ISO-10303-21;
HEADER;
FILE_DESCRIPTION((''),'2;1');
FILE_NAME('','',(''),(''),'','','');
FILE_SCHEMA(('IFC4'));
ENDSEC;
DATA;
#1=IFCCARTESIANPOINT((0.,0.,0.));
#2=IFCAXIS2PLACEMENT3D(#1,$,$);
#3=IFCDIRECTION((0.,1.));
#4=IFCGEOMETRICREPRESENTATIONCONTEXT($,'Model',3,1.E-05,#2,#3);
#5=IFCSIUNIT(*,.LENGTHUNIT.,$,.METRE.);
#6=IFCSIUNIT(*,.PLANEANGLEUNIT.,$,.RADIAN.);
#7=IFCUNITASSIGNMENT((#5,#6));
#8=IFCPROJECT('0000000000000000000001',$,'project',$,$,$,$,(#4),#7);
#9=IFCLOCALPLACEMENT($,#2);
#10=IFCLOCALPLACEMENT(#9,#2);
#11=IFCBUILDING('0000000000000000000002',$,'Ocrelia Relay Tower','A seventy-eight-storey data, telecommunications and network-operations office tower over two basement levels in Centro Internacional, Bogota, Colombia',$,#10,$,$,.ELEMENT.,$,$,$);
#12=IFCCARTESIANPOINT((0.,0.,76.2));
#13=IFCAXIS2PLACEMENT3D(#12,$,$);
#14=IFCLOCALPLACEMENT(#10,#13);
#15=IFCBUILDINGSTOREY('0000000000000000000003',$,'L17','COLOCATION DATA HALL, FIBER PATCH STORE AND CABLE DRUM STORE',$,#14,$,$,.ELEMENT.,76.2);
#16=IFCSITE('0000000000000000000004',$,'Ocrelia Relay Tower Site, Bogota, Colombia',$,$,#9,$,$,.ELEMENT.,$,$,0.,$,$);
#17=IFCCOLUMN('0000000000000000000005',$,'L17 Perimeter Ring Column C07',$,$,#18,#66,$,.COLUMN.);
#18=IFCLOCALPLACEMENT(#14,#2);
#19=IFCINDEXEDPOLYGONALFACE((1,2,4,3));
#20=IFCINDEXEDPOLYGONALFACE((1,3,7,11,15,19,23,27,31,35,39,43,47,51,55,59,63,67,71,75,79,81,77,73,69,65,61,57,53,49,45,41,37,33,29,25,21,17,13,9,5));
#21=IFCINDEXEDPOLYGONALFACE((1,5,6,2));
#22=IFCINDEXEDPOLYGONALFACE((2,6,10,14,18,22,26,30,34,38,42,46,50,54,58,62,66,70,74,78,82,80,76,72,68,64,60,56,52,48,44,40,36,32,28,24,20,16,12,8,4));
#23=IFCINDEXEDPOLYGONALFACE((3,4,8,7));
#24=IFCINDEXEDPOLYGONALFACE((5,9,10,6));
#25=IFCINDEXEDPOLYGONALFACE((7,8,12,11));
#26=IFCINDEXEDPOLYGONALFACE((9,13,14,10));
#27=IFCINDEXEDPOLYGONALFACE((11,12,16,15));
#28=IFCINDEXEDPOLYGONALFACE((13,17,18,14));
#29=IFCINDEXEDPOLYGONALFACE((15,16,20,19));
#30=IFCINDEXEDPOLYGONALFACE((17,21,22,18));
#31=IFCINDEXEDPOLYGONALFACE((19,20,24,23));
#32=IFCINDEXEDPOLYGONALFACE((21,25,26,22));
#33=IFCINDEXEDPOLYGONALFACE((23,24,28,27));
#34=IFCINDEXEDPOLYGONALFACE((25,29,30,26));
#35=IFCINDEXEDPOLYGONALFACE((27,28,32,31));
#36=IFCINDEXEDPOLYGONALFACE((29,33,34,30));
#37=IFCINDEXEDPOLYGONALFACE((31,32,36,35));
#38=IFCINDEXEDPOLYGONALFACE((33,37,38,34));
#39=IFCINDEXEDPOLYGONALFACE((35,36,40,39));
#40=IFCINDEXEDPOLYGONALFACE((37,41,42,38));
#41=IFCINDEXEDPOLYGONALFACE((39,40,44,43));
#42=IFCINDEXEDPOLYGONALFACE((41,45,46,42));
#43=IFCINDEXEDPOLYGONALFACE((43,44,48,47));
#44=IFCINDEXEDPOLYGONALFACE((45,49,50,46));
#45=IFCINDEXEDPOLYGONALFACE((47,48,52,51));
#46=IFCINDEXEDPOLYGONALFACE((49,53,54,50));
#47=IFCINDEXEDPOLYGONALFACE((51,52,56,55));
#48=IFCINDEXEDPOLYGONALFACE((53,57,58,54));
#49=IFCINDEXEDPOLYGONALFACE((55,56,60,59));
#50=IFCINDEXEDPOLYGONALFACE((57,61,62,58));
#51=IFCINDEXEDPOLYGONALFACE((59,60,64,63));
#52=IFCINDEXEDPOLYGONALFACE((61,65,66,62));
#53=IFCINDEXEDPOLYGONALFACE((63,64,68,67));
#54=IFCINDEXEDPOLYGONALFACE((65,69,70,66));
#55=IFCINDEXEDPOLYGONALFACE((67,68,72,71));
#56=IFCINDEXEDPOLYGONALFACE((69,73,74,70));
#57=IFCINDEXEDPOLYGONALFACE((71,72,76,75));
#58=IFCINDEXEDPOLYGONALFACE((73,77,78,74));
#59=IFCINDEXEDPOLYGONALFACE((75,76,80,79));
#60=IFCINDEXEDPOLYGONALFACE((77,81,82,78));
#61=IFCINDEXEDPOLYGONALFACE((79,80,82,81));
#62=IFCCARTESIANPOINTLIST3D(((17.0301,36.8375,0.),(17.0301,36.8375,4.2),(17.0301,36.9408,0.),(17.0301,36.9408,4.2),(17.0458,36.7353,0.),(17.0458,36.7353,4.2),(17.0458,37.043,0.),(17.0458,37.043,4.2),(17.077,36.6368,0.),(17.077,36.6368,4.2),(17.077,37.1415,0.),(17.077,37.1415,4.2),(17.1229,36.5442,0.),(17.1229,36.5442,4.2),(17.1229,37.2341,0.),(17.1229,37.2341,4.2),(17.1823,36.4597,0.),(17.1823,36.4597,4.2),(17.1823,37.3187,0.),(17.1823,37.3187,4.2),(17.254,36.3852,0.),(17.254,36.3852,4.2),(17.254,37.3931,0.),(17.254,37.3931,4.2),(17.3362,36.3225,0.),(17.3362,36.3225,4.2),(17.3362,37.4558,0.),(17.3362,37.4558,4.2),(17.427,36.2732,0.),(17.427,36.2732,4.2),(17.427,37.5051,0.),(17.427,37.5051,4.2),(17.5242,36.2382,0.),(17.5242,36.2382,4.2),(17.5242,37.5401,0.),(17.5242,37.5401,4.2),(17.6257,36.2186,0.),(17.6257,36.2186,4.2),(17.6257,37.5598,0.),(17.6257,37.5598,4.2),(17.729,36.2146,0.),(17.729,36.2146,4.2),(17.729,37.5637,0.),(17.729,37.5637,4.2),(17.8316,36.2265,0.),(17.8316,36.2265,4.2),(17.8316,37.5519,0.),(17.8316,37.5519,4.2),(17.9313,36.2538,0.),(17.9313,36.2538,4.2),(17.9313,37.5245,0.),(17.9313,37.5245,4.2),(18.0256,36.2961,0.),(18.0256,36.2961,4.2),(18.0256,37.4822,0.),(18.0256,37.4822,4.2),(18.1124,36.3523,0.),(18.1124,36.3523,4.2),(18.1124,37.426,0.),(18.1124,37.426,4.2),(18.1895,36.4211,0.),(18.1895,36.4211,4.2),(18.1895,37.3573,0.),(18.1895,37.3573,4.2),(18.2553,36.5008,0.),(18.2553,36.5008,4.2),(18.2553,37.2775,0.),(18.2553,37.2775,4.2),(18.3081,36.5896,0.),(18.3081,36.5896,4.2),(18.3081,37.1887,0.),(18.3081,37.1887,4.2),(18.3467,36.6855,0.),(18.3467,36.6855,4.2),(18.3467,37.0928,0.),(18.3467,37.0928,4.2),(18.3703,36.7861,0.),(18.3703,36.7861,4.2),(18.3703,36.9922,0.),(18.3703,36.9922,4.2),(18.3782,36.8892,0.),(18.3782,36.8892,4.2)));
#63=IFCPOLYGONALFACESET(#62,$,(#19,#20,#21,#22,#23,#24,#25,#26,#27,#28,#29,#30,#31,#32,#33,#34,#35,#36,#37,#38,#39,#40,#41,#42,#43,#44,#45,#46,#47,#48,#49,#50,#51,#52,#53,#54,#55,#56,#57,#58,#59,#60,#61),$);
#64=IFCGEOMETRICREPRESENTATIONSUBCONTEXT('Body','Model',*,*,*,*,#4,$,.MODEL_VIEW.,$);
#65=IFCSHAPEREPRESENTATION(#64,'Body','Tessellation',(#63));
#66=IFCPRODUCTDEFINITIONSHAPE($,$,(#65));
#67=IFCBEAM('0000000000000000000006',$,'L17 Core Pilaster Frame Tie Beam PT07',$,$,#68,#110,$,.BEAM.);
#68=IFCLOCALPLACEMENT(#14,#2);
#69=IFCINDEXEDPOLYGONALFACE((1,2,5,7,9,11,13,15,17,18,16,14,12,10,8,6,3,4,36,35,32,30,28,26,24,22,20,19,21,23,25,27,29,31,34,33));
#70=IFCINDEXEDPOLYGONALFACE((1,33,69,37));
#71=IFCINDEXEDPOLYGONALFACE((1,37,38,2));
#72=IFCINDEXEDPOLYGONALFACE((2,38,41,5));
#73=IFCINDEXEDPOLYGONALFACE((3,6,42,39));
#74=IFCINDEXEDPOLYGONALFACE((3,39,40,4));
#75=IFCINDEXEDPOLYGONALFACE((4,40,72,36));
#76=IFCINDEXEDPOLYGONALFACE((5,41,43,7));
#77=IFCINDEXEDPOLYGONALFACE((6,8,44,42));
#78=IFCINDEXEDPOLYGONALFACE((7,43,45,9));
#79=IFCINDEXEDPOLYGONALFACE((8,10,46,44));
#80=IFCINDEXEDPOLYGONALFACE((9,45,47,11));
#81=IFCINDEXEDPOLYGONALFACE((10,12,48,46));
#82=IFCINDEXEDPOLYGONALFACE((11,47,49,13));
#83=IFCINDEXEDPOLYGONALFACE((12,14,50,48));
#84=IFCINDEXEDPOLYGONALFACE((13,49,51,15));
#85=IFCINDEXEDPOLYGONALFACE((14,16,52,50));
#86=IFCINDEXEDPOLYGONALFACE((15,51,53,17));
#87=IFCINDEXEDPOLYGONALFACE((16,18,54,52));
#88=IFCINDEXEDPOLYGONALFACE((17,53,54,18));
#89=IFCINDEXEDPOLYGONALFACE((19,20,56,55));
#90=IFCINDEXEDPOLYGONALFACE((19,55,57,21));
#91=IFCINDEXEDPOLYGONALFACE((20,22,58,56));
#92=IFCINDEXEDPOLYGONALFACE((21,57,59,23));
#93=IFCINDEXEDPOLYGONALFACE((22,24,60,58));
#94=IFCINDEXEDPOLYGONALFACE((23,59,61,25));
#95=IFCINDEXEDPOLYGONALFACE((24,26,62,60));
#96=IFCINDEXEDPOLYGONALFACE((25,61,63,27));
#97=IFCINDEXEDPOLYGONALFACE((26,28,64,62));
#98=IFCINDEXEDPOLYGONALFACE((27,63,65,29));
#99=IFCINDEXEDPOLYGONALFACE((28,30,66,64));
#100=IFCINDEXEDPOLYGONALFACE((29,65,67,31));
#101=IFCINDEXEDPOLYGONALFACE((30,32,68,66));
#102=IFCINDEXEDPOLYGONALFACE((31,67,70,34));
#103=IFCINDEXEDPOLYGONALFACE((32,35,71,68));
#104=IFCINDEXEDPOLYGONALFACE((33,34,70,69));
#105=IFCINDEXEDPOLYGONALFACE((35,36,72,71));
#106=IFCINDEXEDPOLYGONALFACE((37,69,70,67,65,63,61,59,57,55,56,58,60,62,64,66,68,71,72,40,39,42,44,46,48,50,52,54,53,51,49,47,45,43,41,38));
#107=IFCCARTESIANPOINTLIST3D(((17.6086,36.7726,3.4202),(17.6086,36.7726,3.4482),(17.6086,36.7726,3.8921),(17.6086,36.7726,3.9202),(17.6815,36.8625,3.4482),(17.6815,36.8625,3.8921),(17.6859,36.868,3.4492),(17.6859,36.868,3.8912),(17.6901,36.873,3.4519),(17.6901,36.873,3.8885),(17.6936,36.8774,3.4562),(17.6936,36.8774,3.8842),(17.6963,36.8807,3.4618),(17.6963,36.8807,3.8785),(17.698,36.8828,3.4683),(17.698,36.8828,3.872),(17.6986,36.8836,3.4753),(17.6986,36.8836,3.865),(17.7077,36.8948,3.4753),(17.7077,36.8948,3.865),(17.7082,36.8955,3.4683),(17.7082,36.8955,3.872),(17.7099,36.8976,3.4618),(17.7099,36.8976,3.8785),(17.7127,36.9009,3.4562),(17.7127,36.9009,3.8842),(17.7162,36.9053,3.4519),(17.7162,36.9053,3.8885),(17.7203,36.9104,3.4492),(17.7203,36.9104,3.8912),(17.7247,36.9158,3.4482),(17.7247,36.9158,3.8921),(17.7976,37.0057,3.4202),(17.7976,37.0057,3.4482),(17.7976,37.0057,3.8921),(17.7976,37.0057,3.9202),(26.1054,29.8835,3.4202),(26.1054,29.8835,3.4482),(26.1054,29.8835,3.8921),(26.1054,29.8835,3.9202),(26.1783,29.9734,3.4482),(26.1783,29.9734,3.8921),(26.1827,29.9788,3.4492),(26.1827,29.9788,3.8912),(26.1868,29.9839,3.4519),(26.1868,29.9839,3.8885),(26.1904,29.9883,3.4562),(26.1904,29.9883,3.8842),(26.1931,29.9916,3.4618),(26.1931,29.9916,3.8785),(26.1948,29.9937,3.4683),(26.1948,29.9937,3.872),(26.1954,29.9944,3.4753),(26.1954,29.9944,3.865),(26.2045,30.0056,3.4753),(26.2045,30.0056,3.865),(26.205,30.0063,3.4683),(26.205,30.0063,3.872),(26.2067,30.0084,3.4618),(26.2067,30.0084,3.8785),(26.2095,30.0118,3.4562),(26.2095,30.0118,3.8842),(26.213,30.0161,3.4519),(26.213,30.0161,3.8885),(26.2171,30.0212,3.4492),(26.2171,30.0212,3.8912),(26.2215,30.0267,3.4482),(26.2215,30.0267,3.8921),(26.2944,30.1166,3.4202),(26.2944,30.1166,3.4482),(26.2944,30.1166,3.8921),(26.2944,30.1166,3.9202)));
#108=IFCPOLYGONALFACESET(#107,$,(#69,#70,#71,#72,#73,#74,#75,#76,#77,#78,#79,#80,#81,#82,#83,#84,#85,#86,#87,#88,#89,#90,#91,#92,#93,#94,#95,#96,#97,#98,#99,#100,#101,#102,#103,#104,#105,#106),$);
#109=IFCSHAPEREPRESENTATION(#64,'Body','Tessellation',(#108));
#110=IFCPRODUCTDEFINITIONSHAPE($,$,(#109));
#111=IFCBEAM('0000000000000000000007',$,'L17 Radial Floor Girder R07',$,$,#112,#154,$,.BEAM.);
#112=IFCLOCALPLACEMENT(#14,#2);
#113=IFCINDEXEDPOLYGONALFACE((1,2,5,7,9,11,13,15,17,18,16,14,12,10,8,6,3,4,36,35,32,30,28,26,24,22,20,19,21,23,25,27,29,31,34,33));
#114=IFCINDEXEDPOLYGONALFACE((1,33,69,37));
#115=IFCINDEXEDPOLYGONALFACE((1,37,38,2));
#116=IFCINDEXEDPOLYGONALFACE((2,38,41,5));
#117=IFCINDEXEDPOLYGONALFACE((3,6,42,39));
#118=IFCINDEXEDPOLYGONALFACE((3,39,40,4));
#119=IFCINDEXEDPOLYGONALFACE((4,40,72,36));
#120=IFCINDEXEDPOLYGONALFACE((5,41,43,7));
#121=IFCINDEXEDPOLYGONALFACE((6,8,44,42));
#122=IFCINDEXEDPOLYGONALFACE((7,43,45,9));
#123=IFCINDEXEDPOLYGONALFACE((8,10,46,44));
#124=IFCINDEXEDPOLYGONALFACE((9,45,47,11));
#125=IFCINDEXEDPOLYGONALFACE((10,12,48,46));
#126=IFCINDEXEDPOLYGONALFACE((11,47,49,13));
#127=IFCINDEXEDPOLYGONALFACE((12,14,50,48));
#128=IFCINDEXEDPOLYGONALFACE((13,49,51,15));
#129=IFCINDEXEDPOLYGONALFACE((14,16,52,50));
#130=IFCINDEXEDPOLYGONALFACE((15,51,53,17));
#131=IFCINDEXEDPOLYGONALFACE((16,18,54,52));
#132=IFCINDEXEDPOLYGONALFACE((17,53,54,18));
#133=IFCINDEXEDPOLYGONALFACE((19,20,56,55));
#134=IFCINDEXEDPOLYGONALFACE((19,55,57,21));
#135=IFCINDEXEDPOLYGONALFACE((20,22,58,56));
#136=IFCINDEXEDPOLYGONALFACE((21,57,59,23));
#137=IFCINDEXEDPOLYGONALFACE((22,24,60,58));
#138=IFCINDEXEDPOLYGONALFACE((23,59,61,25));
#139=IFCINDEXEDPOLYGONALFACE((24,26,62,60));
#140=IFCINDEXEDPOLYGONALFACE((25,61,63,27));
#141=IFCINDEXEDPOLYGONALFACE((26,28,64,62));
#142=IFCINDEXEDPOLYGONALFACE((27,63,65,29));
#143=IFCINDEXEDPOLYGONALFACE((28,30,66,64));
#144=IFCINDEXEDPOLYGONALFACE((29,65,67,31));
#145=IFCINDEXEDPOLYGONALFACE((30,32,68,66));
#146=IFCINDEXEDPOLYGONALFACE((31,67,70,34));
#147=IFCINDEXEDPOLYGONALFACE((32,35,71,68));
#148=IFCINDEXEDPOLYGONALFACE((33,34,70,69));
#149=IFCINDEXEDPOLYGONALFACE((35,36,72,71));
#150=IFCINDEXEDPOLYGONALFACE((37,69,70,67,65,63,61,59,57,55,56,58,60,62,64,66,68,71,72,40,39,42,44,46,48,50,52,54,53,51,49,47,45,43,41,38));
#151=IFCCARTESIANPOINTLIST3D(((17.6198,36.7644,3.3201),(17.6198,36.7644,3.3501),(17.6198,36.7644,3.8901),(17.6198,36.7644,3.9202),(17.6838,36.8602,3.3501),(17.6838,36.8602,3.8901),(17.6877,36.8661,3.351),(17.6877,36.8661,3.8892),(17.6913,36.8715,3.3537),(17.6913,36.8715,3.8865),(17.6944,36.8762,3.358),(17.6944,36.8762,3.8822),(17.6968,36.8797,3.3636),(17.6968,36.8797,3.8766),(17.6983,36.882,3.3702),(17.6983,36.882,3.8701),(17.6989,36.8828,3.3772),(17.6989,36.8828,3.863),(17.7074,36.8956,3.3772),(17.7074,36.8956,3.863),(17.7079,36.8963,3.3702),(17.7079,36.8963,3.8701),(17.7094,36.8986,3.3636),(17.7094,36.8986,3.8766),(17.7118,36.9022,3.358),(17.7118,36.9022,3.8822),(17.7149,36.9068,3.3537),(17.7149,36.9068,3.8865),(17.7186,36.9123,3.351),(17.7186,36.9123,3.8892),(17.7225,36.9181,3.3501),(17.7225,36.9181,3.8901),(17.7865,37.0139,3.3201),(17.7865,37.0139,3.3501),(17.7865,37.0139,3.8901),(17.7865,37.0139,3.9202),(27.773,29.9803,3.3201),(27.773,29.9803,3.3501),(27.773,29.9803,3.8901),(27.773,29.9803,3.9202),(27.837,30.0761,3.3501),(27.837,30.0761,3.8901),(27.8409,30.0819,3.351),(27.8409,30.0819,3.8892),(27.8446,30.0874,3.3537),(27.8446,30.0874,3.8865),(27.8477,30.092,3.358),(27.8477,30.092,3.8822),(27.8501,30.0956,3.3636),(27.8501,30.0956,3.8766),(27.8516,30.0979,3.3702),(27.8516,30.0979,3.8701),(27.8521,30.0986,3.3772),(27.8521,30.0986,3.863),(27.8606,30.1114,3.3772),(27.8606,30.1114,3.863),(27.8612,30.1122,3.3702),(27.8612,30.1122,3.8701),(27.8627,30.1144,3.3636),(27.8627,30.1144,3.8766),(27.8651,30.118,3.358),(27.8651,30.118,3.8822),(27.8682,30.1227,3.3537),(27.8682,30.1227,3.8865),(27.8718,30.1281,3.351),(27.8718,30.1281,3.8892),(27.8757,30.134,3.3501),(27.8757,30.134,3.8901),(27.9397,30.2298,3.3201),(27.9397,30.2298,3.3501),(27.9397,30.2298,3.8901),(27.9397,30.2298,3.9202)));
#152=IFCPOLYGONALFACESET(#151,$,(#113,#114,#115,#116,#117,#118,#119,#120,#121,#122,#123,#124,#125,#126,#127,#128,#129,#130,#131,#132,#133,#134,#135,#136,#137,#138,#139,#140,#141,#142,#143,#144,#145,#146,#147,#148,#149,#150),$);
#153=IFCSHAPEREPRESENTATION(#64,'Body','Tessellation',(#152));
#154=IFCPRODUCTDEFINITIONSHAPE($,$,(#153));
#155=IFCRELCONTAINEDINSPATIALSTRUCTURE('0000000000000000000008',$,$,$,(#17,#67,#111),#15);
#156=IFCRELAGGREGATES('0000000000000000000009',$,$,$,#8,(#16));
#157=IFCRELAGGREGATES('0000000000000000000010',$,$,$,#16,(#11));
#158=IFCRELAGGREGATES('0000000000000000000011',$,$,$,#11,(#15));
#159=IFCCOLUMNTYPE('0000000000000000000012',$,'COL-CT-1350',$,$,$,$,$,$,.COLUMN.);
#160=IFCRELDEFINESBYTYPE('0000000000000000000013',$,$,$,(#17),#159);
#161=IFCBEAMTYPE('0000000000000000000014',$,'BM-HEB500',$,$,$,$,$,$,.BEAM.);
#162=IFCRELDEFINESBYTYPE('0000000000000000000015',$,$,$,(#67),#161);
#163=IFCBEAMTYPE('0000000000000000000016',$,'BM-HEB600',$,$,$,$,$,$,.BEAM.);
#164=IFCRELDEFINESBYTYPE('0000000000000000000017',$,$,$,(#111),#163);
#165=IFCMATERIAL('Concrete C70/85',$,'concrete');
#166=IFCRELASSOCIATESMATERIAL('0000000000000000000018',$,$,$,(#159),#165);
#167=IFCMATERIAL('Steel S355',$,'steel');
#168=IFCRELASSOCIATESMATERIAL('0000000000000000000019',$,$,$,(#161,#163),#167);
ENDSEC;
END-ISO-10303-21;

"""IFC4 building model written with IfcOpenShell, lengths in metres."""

from ifc_helpers import new_model, si_unit, direction, frame, origin, origin_2d, place, context, subcontext, project, spatial, circle, i_section, extrude, material, material_profile, profile_set, type_object, element, save


model = new_model("IFC4")

# Units and contexts
model_context = context("Model", 3, precision=1e-05, world=origin(), true_north=direction((0.0, 1.0)))
body_context = subcontext(model_context, "Body", "Model", "MODEL_VIEW")
ifc_project = project(units=[si_unit("LENGTHUNIT", "METRE"), si_unit("PLANEANGLEUNIT", "RADIAN")], contexts=[model_context])

# Site, building, storey
site_placement = place(None, origin())
site = spatial("IfcSite", under=ifc_project, at=site_placement, Name="Ocrelia Relay Tower Site, Bogota, Colombia", CompositionType="ELEMENT", RefElevation=0.0)
building_placement = place(site_placement, origin())
building = spatial("IfcBuilding", under=site, at=building_placement, Name="Ocrelia Relay Tower", Description="A seventy-eight-storey data, telecommunications and network-operations office tower over two basement levels in Centro Internacional, Bogota, Colombia", CompositionType="ELEMENT")
storey_placement = place(building_placement, frame((0.0, 0.0, 76.2)))
storey = spatial("IfcBuildingStorey", under=building, at=storey_placement, Name="L17", Description="COLOCATION DATA HALL, FIBER PATCH STORE AND CABLE DRUM STORE", CompositionType="ELEMENT", Elevation=76.2)

# Column
ifc_material_1 = material(Name="Concrete C70/85", Category="concrete")
ifc_material_profile_1 = material_profile(ifc_material_1, circle(Radius=0.675, at=origin_2d()), Name="RC-CIR-1350")
ifc_profile_set_1 = profile_set([ifc_material_profile_1], Name="Concrete C70/85")
column_type = type_object("IfcColumnType", Name="COL-CT-1350", PredefinedType="COLUMN", material=ifc_profile_set_1)
column_placement = place(storey_placement, frame((17.7031, 36.8892, 0.0), z_axis=(0.0, 0.0, 1.0), x_axis=(1.0, 0.0, 0.0)))
element("IfcColumn", 1, at=column_placement, inside=storey, type_object=column_type, Name="L17 Perimeter Ring Column C07", PredefinedType="COLUMN", context=body_context, shape_type="SweptSolid", body=[
    extrude(circle(Radius=0.675, at=origin_2d()), origin(), (0.0, 0.0, 1.0), 4.2),
])

# Beams
ifc_material_2 = material(Name="Steel S355", Category="steel")
ifc_material_profile_2 = material_profile(ifc_material_2, i_section(OverallWidth=0.3, OverallDepth=0.5, WebThickness=0.0144, FlangeThickness=0.0281, FilletRadius=0.0271, at=origin_2d()), Name="HEB 500")
ifc_profile_set_2 = profile_set([ifc_material_profile_2], Name="Steel S355")
beam_type_1 = type_object("IfcBeamType", Name="BM-HEB500", PredefinedType="BEAM", material=ifc_profile_set_2)
beam_1_placement = place(storey_placement, frame((17.7031, 36.8892, 3.6702), z_axis=(0.776763, -0.629793, 0.0), x_axis=(0.629793, 0.776763, 0.0)))
element("IfcBeam", 2, at=beam_1_placement, inside=storey, type_object=beam_type_1, Name="L17 Core Pilaster Frame Tie Beam PT07", PredefinedType="BEAM", context=body_context, shape_type="SweptSolid", body=[
    extrude(i_section(OverallWidth=0.3, OverallDepth=0.5, WebThickness=0.0144, FlangeThickness=0.0281, FilletRadius=0.0271, at=origin_2d()), origin(), (0.0, 0.0, 1.0), 10.9387),
])
ifc_material_profile_3 = material_profile(ifc_material_2, i_section(OverallWidth=0.3, OverallDepth=0.6001, WebThickness=0.0154, FlangeThickness=0.03, FilletRadius=0.0271, at=origin_2d()), Name="HEB 600")
ifc_profile_set_3 = profile_set([ifc_material_profile_3], Name="Steel S355")
beam_type_2 = type_object("IfcBeamType", Name="BM-HEB600", PredefinedType="BEAM", material=ifc_profile_set_3)
beam_2_placement = place(storey_placement, frame((17.7031, 36.8892, 3.6201), z_axis=(0.831472, -0.555567, 0.0), x_axis=(0.555567, 0.831472, 0.0)))
element("IfcBeam", 3, at=beam_2_placement, inside=storey, type_object=beam_type_2, Name="L17 Radial Floor Girder R07", PredefinedType="BEAM", context=body_context, shape_type="SweptSolid", body=[
    extrude(i_section(OverallWidth=0.3, OverallDepth=0.6001, WebThickness=0.0154, FlangeThickness=0.03, FilletRadius=0.0271, at=origin_2d()), origin(), (0.0, 0.0, 1.0), 12.2112),
])

save(model, "model.ifc")
